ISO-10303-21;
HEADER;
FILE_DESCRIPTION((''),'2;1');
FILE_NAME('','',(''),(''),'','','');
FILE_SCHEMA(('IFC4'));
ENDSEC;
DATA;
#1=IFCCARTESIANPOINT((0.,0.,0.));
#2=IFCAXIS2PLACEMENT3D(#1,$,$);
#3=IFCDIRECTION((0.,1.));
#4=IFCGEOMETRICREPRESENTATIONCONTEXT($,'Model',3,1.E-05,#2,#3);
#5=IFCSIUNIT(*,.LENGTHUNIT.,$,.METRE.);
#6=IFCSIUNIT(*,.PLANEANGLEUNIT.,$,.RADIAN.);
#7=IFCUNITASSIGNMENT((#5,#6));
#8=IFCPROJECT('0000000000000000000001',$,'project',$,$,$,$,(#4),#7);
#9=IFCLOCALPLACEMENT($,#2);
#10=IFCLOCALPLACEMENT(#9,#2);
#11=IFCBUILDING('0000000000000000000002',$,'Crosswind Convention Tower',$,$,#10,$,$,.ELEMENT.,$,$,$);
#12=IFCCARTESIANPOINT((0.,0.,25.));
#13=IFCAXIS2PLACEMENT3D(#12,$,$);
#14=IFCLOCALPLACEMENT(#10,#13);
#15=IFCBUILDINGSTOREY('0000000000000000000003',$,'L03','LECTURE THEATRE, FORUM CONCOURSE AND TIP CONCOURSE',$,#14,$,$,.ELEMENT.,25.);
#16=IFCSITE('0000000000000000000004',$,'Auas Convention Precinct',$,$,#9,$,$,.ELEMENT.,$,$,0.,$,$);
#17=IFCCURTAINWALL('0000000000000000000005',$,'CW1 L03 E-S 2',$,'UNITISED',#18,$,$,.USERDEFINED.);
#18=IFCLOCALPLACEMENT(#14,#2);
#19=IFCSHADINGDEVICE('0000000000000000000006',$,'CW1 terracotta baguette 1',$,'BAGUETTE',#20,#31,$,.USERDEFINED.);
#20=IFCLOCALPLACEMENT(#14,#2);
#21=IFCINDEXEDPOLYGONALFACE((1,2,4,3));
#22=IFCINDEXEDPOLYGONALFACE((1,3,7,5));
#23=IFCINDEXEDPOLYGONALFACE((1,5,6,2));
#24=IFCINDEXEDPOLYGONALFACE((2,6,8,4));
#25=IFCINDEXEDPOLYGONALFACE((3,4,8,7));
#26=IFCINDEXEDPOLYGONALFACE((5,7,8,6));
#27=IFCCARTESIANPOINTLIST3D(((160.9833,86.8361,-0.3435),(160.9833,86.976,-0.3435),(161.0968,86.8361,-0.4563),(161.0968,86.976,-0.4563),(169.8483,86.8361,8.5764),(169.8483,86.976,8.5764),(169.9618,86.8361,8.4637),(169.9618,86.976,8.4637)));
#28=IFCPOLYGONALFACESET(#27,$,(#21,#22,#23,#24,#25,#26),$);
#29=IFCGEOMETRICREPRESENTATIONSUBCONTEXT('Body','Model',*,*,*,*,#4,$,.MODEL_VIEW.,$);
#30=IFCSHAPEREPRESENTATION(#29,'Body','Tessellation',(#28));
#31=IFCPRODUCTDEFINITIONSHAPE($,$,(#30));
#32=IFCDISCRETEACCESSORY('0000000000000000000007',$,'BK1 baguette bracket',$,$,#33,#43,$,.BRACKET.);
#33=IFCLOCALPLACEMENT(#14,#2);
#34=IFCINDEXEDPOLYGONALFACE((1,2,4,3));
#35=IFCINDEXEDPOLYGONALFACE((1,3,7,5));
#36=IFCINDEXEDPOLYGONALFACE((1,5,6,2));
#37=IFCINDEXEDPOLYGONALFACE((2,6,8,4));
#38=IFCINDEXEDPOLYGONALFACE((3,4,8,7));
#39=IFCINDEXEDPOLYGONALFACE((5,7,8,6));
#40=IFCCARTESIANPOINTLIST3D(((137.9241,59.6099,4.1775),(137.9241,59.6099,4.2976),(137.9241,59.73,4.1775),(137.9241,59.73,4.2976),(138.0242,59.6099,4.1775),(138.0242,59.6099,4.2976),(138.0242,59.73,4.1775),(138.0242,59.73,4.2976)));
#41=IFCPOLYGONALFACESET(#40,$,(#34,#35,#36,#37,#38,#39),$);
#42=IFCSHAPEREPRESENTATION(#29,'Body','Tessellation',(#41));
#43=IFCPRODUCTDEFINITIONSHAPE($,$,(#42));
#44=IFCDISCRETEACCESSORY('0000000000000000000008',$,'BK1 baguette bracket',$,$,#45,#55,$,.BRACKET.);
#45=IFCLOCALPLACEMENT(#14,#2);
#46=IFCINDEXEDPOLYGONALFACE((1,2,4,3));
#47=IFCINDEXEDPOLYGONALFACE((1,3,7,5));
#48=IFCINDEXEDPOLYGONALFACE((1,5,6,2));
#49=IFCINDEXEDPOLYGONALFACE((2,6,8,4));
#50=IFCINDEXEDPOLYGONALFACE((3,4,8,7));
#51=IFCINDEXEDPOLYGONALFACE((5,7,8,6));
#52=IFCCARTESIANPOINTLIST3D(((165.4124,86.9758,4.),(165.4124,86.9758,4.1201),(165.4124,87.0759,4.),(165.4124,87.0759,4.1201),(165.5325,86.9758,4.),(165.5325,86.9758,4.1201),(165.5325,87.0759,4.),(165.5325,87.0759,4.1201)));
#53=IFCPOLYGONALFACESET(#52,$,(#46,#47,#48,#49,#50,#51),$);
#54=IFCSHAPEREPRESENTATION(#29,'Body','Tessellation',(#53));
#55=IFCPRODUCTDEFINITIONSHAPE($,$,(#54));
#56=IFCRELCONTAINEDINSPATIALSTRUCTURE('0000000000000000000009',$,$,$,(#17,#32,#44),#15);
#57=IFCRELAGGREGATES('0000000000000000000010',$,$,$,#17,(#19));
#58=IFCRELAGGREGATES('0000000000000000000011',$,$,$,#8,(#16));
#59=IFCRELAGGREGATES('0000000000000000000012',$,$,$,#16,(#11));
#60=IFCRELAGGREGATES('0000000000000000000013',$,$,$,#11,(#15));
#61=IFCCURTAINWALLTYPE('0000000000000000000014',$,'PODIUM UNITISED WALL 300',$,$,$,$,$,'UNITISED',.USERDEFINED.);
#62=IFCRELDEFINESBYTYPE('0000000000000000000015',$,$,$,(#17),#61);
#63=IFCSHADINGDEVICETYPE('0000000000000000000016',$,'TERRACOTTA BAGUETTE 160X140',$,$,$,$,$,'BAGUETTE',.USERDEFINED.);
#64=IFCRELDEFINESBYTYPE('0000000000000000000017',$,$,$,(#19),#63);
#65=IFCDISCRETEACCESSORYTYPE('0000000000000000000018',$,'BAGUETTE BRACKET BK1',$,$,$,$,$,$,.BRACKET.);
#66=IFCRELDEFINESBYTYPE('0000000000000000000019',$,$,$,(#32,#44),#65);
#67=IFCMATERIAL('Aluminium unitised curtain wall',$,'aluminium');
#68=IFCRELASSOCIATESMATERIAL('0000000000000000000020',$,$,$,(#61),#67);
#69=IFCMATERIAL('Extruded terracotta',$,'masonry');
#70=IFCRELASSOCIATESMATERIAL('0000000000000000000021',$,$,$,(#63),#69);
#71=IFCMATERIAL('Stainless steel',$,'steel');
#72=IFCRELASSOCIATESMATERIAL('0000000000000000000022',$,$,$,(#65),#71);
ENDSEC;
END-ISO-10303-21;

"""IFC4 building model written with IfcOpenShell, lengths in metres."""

from ifc_helpers import new_model, si_unit, direction, frame, origin, origin_2d, place, context, subcontext, project, spatial, rectangle, extrude, material, material_profile, profile_set, type_object, element, aggregate, save


model = new_model("IFC4")

# Units and contexts
model_context = context("Model", 3, precision=1e-05, world=origin(), true_north=direction((0.0, 1.0)))
body_context = subcontext(model_context, "Body", "Model", "MODEL_VIEW")
ifc_project = project(units=[si_unit("LENGTHUNIT", "METRE"), si_unit("PLANEANGLEUNIT", "RADIAN")], contexts=[model_context])

# Site, building, storey
site_placement = place(None, origin())
site = spatial("IfcSite", under=ifc_project, at=site_placement, Name="Auas Convention Precinct", CompositionType="ELEMENT", RefElevation=0.0)
building_placement = place(site_placement, origin())
building = spatial("IfcBuilding", under=site, at=building_placement, Name="Crosswind Convention Tower", CompositionType="ELEMENT")
storey_placement = place(building_placement, frame((0.0, 0.0, 25.0)))
storey = spatial("IfcBuildingStorey", under=building, at=storey_placement, Name="L03", Description="LECTURE THEATRE, FORUM CONCOURSE AND TIP CONCOURSE", CompositionType="ELEMENT", Elevation=25.0)

# Curtain wall
ifc_material_1 = material(Name="Aluminium unitised curtain wall", Category="aluminium")
curtain_wall_type = type_object("IfcCurtainWallType", Name="PODIUM UNITISED WALL 300", ElementType="UNITISED", PredefinedType="USERDEFINED", material=ifc_material_1)
curtain_wall_1_placement = place(storey_placement, origin())
curtain_wall_1 = element("IfcCurtainWall", 1, at=curtain_wall_1_placement, inside=storey, type_object=curtain_wall_type, Name="CW1 L03 E-S 2", ObjectType="UNITISED", PredefinedType="USERDEFINED")

# Shading device
ifc_material_2 = material(Name="Extruded terracotta", Category="masonry")
ifc_material_profile_1 = material_profile(ifc_material_2, rectangle(XDim=0.1399, YDim=0.1599, at=origin_2d()), Name="TC 140X160")
ifc_profile_set_1 = profile_set([ifc_material_profile_1], Name="Extruded terracotta")
shading_device_type = type_object("IfcShadingDeviceType", Name="TERRACOTTA BAGUETTE 160X140", ElementType="BAGUETTE", PredefinedType="USERDEFINED", material=ifc_profile_set_1)
shading_device_1_placement = place(storey_placement, frame((161.04, 86.906, -0.3999), z_axis=(0.704919, 0.0, 0.709287), x_axis=(0.0, 1.0, 0.0)))
shading_device_1 = element("IfcShadingDevice", 2, at=shading_device_1_placement, type_object=shading_device_type, Name="CW1 terracotta baguette 1", ObjectType="BAGUETTE", PredefinedType="USERDEFINED", context=body_context, shape_type="SweptSolid", body=[
    extrude(rectangle(XDim=0.1399, YDim=0.1599, at=origin_2d()), origin(), (0.0, 0.0, 1.0), 12.5759),
])
aggregate(curtain_wall_1, [shading_device_1])

# Discrete accessories
ifc_material_3 = material(Name="Stainless steel", Category="steel")
discrete_accessory_type = type_object("IfcDiscreteAccessoryType", Name="BAGUETTE BRACKET BK1", PredefinedType="BRACKET", material=ifc_material_3)
for number, where, z_axis, x_axis, name in (
    (3, (137.9741, 59.6699, 4.1775), (0.0, 0.0, 1.0), (0.0, 1.0, 0.0), "BK1 baguette bracket"),
    (4, (165.4724, 87.0259, 4.0), (0.0, 0.0, 1.0), (1.0, 0.0, 0.0), "BK1 baguette bracket"),
):
    element("IfcDiscreteAccessory", number, at=place(storey_placement, frame(where, z_axis=z_axis, x_axis=x_axis)), inside=storey, type_object=discrete_accessory_type, Name=name, PredefinedType="BRACKET", context=body_context, shape_type="SweptSolid", body=[
        extrude(rectangle(XDim=0.1201, YDim=0.1001, at=origin_2d()), origin(), (0.0, 0.0, 1.0), 0.1201),
    ])

save(model, "model.ifc")
